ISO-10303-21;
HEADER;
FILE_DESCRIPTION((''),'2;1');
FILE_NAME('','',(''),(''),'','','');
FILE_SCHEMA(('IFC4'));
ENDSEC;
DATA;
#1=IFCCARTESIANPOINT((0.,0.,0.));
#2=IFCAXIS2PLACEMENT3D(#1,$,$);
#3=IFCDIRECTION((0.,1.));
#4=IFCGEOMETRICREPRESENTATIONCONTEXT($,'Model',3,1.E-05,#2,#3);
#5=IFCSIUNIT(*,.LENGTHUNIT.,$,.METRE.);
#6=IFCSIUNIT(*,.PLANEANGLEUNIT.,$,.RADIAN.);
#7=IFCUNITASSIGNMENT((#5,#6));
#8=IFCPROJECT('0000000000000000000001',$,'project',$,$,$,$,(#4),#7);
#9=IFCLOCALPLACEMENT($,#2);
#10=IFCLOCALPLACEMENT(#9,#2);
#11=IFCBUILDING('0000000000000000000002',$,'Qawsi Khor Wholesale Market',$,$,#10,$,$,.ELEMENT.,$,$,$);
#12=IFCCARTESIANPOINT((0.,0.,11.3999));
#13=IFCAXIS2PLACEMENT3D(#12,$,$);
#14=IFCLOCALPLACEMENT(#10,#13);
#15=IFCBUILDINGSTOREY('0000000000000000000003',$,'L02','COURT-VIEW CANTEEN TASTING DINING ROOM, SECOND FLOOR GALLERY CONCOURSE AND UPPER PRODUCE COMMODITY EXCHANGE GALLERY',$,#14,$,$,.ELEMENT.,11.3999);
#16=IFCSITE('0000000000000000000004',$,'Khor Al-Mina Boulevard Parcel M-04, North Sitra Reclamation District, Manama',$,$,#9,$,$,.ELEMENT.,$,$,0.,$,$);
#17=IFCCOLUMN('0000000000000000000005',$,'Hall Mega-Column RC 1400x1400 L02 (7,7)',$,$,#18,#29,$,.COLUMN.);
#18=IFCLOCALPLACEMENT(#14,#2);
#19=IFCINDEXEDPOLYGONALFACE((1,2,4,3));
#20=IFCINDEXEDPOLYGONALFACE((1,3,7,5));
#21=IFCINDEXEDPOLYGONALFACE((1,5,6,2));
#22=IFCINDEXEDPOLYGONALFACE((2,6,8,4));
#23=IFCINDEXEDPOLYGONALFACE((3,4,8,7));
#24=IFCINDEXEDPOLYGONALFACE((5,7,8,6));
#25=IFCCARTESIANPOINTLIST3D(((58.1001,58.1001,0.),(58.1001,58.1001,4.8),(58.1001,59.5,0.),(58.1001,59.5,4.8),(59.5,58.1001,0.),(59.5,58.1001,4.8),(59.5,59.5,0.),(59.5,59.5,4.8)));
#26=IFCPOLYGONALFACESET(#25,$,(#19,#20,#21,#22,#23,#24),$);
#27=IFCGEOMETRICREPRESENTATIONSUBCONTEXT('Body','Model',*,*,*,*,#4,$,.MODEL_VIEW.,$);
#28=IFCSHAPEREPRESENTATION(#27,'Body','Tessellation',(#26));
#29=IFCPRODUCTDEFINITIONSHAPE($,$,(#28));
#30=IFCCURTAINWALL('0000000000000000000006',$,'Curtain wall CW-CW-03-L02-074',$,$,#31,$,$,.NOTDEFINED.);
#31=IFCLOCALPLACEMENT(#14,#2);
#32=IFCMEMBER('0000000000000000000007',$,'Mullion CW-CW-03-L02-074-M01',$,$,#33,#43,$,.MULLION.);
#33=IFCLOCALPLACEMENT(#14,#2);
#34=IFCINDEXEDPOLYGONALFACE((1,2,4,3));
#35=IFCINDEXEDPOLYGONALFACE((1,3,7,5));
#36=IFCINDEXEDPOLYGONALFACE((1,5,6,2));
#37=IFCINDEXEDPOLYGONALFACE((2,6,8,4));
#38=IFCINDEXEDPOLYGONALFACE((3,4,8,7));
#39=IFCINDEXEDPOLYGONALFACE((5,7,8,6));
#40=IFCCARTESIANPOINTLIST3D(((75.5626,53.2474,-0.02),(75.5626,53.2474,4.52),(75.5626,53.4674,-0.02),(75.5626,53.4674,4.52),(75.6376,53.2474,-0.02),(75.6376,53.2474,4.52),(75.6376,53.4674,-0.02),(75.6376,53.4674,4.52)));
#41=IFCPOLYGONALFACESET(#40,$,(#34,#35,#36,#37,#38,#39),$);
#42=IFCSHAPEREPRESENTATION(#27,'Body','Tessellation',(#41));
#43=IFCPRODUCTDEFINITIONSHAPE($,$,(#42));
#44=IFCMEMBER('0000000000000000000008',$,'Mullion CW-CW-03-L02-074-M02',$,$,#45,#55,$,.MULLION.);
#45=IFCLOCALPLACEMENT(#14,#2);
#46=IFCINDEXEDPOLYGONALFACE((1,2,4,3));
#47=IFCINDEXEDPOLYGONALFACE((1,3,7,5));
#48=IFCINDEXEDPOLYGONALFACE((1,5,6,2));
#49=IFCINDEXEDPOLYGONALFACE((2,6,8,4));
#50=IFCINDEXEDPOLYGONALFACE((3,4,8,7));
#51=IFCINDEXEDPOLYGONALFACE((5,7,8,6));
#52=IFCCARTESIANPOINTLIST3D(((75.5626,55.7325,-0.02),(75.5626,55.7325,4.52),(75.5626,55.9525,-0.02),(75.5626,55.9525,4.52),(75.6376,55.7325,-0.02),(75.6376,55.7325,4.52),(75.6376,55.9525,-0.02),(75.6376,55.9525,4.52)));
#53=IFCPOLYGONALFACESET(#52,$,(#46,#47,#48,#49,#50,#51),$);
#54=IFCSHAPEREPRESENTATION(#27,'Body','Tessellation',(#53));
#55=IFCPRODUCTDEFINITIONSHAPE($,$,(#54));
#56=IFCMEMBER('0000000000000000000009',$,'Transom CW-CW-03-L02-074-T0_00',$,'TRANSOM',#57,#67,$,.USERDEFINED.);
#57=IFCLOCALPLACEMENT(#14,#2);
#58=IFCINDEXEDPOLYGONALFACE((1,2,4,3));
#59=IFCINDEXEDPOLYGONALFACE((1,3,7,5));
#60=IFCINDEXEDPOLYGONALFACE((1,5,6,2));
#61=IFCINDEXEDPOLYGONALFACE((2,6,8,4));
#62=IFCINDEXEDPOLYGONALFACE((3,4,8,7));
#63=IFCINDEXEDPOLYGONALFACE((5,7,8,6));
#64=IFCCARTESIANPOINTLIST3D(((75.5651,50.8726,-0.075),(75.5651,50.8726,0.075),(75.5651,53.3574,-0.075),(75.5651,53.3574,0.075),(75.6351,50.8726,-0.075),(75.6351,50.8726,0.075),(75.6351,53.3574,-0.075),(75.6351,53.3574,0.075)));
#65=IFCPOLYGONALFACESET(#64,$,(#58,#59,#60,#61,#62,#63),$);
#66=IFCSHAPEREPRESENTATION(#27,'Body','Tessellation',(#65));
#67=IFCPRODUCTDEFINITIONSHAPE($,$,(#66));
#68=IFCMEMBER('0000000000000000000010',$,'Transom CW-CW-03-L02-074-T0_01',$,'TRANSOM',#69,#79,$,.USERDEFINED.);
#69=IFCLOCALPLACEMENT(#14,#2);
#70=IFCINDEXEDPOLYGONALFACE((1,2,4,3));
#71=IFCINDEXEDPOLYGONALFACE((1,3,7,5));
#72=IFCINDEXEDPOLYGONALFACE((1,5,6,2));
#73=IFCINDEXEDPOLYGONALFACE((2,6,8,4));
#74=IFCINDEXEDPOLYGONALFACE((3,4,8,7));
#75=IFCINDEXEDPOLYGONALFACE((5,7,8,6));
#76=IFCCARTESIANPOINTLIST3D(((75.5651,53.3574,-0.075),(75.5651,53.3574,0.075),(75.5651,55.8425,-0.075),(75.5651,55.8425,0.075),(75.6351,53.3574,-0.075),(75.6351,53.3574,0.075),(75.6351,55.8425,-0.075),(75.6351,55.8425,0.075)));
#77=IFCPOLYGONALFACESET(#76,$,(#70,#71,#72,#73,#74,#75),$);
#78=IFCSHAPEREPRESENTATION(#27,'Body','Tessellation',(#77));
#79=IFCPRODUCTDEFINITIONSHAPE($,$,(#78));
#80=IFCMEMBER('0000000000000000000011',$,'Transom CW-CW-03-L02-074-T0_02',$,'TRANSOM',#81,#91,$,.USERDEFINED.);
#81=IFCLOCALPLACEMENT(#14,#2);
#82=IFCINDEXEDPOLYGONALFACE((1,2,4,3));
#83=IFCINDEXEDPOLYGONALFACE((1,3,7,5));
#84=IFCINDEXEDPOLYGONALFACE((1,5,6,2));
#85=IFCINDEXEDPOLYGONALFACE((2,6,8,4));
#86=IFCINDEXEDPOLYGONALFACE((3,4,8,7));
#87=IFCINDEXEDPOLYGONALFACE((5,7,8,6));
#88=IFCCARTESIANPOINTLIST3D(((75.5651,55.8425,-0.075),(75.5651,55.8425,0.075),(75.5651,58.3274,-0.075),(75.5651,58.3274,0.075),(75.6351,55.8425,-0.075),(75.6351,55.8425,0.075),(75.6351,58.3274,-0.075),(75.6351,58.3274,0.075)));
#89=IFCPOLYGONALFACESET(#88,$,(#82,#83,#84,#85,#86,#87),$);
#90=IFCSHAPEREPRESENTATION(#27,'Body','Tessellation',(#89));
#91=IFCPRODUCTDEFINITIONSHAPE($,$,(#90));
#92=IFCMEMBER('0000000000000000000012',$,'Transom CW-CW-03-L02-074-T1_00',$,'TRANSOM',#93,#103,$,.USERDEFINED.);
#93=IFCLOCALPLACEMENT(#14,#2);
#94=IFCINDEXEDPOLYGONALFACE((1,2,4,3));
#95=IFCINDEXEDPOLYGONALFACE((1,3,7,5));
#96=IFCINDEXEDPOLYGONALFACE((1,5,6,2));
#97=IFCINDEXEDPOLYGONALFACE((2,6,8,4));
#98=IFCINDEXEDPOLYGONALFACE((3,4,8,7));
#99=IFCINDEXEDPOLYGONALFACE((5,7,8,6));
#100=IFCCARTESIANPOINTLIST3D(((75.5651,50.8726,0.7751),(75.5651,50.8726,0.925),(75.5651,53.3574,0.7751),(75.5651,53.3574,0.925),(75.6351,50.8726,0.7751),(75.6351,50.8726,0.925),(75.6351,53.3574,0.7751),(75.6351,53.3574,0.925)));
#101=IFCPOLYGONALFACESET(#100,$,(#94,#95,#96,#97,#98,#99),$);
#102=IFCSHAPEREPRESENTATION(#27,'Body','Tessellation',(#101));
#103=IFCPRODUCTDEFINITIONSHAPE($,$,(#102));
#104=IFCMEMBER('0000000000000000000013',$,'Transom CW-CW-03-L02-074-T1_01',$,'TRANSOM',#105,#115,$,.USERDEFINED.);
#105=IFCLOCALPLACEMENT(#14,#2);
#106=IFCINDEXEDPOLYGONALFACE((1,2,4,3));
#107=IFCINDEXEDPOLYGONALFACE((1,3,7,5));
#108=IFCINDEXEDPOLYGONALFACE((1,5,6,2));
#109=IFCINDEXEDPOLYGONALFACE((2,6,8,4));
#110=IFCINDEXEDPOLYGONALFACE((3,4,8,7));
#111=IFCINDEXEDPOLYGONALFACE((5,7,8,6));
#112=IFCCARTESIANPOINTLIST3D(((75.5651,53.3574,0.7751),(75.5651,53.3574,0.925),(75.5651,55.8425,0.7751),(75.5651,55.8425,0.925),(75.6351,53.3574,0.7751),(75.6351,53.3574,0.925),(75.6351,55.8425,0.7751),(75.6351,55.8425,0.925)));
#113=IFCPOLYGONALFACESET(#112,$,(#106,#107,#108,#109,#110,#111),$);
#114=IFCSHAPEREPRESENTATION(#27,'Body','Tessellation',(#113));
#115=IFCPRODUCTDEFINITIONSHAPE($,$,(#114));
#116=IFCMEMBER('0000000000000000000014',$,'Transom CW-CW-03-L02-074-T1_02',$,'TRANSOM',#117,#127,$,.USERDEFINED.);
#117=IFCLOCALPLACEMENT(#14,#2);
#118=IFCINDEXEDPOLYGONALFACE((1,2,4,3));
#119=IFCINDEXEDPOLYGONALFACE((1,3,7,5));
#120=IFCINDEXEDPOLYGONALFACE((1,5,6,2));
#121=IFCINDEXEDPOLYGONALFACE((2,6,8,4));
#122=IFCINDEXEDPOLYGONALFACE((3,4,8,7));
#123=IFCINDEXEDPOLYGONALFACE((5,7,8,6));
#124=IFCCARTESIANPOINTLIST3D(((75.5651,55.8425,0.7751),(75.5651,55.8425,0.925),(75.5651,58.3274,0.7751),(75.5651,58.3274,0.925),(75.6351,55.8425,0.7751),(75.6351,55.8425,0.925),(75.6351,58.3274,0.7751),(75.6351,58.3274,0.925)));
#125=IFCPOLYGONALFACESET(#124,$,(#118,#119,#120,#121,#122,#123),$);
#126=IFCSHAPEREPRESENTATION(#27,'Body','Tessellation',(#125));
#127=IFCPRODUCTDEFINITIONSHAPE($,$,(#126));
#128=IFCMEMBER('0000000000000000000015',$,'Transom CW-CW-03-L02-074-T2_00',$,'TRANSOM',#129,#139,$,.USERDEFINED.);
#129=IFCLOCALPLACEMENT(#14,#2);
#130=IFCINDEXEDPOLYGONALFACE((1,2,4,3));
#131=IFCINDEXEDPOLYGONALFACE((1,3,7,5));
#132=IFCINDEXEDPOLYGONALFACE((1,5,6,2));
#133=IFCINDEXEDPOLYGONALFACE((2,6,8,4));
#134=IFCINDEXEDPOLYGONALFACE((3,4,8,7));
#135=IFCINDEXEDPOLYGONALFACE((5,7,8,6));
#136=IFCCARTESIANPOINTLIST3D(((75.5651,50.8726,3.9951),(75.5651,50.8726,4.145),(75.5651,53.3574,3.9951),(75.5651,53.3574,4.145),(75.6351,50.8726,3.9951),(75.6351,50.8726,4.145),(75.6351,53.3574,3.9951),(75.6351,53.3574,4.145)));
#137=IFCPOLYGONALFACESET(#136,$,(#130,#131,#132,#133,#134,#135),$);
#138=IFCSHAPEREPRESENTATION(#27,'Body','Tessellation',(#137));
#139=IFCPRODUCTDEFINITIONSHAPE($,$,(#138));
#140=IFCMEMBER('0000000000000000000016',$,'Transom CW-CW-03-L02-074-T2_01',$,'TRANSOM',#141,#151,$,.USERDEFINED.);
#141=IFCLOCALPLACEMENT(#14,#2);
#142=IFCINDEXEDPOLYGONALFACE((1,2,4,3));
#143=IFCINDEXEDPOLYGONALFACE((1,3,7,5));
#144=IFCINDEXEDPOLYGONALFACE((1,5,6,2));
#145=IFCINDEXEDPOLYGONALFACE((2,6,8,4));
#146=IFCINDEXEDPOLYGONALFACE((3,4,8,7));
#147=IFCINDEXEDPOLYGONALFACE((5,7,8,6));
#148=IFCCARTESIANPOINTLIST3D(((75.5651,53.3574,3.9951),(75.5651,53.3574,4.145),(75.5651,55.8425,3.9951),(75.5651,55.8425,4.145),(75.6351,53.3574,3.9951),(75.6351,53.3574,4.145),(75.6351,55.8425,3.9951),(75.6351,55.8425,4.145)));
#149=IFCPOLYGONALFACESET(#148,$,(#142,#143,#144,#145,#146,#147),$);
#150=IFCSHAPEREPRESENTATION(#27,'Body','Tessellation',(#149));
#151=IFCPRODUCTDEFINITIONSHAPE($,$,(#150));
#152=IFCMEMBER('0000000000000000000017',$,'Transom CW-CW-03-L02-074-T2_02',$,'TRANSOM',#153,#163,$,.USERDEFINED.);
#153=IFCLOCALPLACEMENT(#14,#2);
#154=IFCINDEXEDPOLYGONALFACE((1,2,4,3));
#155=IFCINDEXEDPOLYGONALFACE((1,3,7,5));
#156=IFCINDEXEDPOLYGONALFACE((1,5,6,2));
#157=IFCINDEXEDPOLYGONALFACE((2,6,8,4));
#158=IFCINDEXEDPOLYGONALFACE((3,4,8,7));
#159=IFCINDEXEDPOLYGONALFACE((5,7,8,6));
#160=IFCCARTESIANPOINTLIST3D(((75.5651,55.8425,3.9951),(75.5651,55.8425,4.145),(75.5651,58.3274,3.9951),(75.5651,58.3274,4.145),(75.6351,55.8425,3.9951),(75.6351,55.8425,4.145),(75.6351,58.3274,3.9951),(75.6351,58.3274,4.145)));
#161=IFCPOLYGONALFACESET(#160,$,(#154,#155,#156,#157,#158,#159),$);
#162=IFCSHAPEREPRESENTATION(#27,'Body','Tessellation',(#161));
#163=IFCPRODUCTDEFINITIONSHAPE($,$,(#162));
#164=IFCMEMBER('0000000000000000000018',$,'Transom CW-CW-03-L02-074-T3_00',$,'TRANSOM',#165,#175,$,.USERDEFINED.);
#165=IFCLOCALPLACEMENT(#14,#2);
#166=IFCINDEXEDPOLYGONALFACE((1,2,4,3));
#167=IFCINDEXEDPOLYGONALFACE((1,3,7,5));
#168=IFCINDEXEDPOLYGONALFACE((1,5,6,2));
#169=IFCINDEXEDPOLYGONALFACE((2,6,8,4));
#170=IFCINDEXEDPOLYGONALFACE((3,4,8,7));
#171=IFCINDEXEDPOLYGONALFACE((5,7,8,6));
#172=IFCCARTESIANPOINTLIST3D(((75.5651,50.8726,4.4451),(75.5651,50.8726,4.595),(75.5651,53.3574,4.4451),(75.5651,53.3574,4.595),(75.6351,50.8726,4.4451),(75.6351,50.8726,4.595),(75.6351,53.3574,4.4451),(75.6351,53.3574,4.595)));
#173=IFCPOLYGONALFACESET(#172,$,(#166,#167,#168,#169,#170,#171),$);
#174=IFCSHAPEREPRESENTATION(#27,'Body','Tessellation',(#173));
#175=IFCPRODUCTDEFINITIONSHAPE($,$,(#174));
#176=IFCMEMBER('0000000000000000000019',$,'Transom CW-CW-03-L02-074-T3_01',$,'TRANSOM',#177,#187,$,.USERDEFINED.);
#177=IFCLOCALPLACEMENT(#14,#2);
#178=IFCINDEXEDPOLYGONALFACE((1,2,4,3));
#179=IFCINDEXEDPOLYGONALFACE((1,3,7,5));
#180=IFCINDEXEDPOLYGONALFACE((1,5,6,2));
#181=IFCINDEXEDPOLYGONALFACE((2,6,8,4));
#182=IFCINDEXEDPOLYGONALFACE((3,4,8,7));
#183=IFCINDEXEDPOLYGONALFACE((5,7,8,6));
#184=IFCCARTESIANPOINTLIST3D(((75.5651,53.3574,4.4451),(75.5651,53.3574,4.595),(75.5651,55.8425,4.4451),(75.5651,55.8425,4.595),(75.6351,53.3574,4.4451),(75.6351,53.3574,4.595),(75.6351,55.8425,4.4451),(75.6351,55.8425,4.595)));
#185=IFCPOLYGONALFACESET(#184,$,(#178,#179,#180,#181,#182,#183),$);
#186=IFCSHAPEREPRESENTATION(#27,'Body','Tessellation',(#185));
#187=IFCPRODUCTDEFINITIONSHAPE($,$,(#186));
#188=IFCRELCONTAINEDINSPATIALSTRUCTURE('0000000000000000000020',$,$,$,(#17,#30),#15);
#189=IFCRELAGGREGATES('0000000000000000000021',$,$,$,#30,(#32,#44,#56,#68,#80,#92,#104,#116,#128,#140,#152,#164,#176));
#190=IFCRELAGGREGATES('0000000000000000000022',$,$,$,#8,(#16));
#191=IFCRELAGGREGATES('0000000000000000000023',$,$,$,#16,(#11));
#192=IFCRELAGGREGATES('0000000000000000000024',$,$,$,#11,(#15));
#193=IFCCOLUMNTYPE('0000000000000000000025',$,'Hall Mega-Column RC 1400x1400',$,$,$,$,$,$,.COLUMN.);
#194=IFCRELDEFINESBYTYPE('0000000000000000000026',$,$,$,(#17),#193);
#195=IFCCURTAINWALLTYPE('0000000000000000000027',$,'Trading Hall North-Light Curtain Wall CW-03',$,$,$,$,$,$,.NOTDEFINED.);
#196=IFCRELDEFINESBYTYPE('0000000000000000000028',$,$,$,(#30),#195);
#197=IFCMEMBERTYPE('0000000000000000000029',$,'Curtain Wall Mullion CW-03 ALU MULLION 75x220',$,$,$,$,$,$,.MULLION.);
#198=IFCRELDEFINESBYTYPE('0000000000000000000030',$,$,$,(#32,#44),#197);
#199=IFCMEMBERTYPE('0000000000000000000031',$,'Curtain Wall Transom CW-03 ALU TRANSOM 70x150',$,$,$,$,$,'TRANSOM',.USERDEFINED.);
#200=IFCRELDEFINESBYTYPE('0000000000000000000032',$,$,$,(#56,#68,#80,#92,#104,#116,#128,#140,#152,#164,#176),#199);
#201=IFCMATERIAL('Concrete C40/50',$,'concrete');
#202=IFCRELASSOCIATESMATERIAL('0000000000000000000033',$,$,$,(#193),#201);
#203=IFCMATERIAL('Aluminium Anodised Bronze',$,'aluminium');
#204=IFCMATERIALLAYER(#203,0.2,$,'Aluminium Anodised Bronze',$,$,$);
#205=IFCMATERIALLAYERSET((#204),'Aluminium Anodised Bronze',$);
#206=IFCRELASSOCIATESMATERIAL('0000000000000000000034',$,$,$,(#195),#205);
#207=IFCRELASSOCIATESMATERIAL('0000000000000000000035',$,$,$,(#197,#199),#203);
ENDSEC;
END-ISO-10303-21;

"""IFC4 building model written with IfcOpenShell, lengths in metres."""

from ifc_helpers import new_model, si_unit, direction, frame, origin, origin_2d, place, context, subcontext, project, spatial, rectangle, extrude, material, layer, layer_set, material_profile, profile_set, type_object, element, aggregate, save


model = new_model("IFC4")

# Units and contexts
model_context = context("Model", 3, precision=1e-05, world=origin(), true_north=direction((0.0, 1.0)))
body_context = subcontext(model_context, "Body", "Model", "MODEL_VIEW")
ifc_project = project(units=[si_unit("LENGTHUNIT", "METRE"), si_unit("PLANEANGLEUNIT", "RADIAN")], contexts=[model_context])

# Site, building, storey
site_placement = place(None, origin())
site = spatial("IfcSite", under=ifc_project, at=site_placement, Name="Khor Al-Mina Boulevard Parcel M-04, North Sitra Reclamation District, Manama", CompositionType="ELEMENT", RefElevation=0.0)
building_placement = place(site_placement, origin())
building = spatial("IfcBuilding", under=site, at=building_placement, Name="Qawsi Khor Wholesale Market", CompositionType="ELEMENT")
storey_placement = place(building_placement, frame((0.0, 0.0, 11.3999)))
storey = spatial("IfcBuildingStorey", under=building, at=storey_placement, Name="L02", Description="COURT-VIEW CANTEEN TASTING DINING ROOM, SECOND FLOOR GALLERY CONCOURSE AND UPPER PRODUCE COMMODITY EXCHANGE GALLERY", CompositionType="ELEMENT", Elevation=11.3999)

# Column
ifc_material_1 = material(Name="Concrete C40/50", Category="concrete")
ifc_material_profile_1 = material_profile(ifc_material_1, rectangle(XDim=1.3999, YDim=1.3999, at=origin_2d()), Name="RC 1400x1400")
ifc_profile_set_1 = profile_set([ifc_material_profile_1], Name="Concrete C40/50")
column_type = type_object("IfcColumnType", Name="Hall Mega-Column RC 1400x1400", PredefinedType="COLUMN", material=ifc_profile_set_1)
column_placement = place(storey_placement, frame((58.8, 58.8, 0.0), z_axis=(0.0, 0.0, 1.0), x_axis=(1.0, 0.0, 0.0)))
element("IfcColumn", 1, at=column_placement, inside=storey, type_object=column_type, Name="Hall Mega-Column RC 1400x1400 L02 (7,7)", PredefinedType="COLUMN", context=body_context, shape_type="SweptSolid", body=[
    extrude(rectangle(XDim=1.3999, YDim=1.3999, at=origin_2d()), origin(), (0.0, 0.0, 1.0), 4.8),
])

# Curtain wall, members
ifc_material_2 = material(Name="Aluminium Anodised Bronze", Category="aluminium")
ifc_layer_1 = layer(ifc_material_2, 0.2, Name="Aluminium Anodised Bronze")
ifc_layer_set_1 = layer_set([ifc_layer_1], Name="Aluminium Anodised Bronze")
curtain_wall_type = type_object("IfcCurtainWallType", Name="Trading Hall North-Light Curtain Wall CW-03", PredefinedType="NOTDEFINED", material=ifc_layer_set_1)
curtain_wall_placement = place(storey_placement, origin())
curtain_wall = element("IfcCurtainWall", 2, at=curtain_wall_placement, inside=storey, type_object=curtain_wall_type, Name="Curtain wall CW-CW-03-L02-074", PredefinedType="NOTDEFINED")
ifc_material_profile_2 = material_profile(ifc_material_2, rectangle(XDim=0.075, YDim=0.22, at=origin_2d()), Name="ALU MULLION 75x220")
ifc_profile_set_2 = profile_set([ifc_material_profile_2], Name="Aluminium Anodised Bronze")
member_type_1 = type_object("IfcMemberType", Name="Curtain Wall Mullion CW-03 ALU MULLION 75x220", PredefinedType="MULLION", material=ifc_profile_set_2)
member_1_placement = place(storey_placement, frame((75.6001, 53.3574, -0.02), z_axis=(0.0, 0.0, 1.0), x_axis=(1.0, 0.0, 0.0)))
member_1 = element("IfcMember", 3, at=member_1_placement, type_object=member_type_1, Name="Mullion CW-CW-03-L02-074-M01", PredefinedType="MULLION", context=body_context, shape_type="SweptSolid", body=[
    extrude(rectangle(XDim=0.075, YDim=0.22, at=origin_2d()), origin(), (0.0, 0.0, 1.0), 4.54),
])
member_2_placement = place(storey_placement, frame((75.6001, 55.8425, -0.02), z_axis=(0.0, 0.0, 1.0), x_axis=(1.0, 0.0, 0.0)))
member_2 = element("IfcMember", 4, at=member_2_placement, type_object=member_type_1, Name="Mullion CW-CW-03-L02-074-M02", PredefinedType="MULLION", context=body_context, shape_type="SweptSolid", body=[
    extrude(rectangle(XDim=0.075, YDim=0.22, at=origin_2d()), origin(), (0.0, 0.0, 1.0), 4.54),
])
ifc_material_profile_3 = material_profile(ifc_material_2, rectangle(XDim=0.0701, YDim=0.1499, at=origin_2d()), Name="ALU TRANSOM 70x150")
ifc_profile_set_3 = profile_set([ifc_material_profile_3], Name="Aluminium Anodised Bronze")
member_type_2 = type_object("IfcMemberType", Name="Curtain Wall Transom CW-03 ALU TRANSOM 70x150", ElementType="TRANSOM", PredefinedType="USERDEFINED", material=ifc_profile_set_3)
member_3_placement = place(storey_placement, frame((75.6001, 50.8726, 0.0), z_axis=(0.0, 1.0, 0.0), x_axis=(-1.0, 0.0, 0.0)))
member_3 = element("IfcMember", 5, at=member_3_placement, type_object=member_type_2, Name="Transom CW-CW-03-L02-074-T0_00", ObjectType="TRANSOM", PredefinedType="USERDEFINED", context=body_context, shape_type="SweptSolid", body=[
    extrude(rectangle(XDim=0.0701, YDim=0.1499, at=origin_2d()), origin(), (0.0, 0.0, 1.0), 2.4849),
])
member_4_placement = place(storey_placement, frame((75.6001, 53.3574, 0.0), z_axis=(0.0, 1.0, 0.0), x_axis=(-1.0, 0.0, 0.0)))
member_4 = element("IfcMember", 6, at=member_4_placement, type_object=member_type_2, Name="Transom CW-CW-03-L02-074-T0_01", ObjectType="TRANSOM", PredefinedType="USERDEFINED", context=body_context, shape_type="SweptSolid", body=[
    extrude(rectangle(XDim=0.0701, YDim=0.1499, at=origin_2d()), origin(), (0.0, 0.0, 1.0), 2.4851),
])
member_5_placement = place(storey_placement, frame((75.6001, 55.8425, 0.0), z_axis=(0.0, 1.0, 0.0), x_axis=(-1.0, 0.0, 0.0)))
member_5 = element("IfcMember", 7, at=member_5_placement, type_object=member_type_2, Name="Transom CW-CW-03-L02-074-T0_02", ObjectType="TRANSOM", PredefinedType="USERDEFINED", context=body_context, shape_type="SweptSolid", body=[
    extrude(rectangle(XDim=0.0701, YDim=0.1499, at=origin_2d()), origin(), (0.0, 0.0, 1.0), 2.4849),
])
member_6_placement = place(storey_placement, frame((75.6001, 50.8726, 0.8501), z_axis=(0.0, 1.0, 0.0), x_axis=(-1.0, 0.0, 0.0)))
member_6 = element("IfcMember", 8, at=member_6_placement, type_object=member_type_2, Name="Transom CW-CW-03-L02-074-T1_00", ObjectType="TRANSOM", PredefinedType="USERDEFINED", context=body_context, shape_type="SweptSolid", body=[
    extrude(rectangle(XDim=0.0701, YDim=0.1499, at=origin_2d()), origin(), (0.0, 0.0, 1.0), 2.4849),
])
member_7_placement = place(storey_placement, frame((75.6001, 53.3574, 0.8501), z_axis=(0.0, 1.0, 0.0), x_axis=(-1.0, 0.0, 0.0)))
member_7 = element("IfcMember", 9, at=member_7_placement, type_object=member_type_2, Name="Transom CW-CW-03-L02-074-T1_01", ObjectType="TRANSOM", PredefinedType="USERDEFINED", context=body_context, shape_type="SweptSolid", body=[
    extrude(rectangle(XDim=0.0701, YDim=0.1499, at=origin_2d()), origin(), (0.0, 0.0, 1.0), 2.4851),
])
member_8_placement = place(storey_placement, frame((75.6001, 55.8425, 0.8501), z_axis=(0.0, 1.0, 0.0), x_axis=(-1.0, 0.0, 0.0)))
member_8 = element("IfcMember", 10, at=member_8_placement, type_object=member_type_2, Name="Transom CW-CW-03-L02-074-T1_02", ObjectType="TRANSOM", PredefinedType="USERDEFINED", context=body_context, shape_type="SweptSolid", body=[
    extrude(rectangle(XDim=0.0701, YDim=0.1499, at=origin_2d()), origin(), (0.0, 0.0, 1.0), 2.4849),
])
member_9_placement = place(storey_placement, frame((75.6001, 50.8726, 4.0701), z_axis=(0.0, 1.0, 0.0), x_axis=(-1.0, 0.0, 0.0)))
member_9 = element("IfcMember", 11, at=member_9_placement, type_object=member_type_2, Name="Transom CW-CW-03-L02-074-T2_00", ObjectType="TRANSOM", PredefinedType="USERDEFINED", context=body_context, shape_type="SweptSolid", body=[
    extrude(rectangle(XDim=0.0701, YDim=0.1499, at=origin_2d()), origin(), (0.0, 0.0, 1.0), 2.4849),
])
member_10_placement = place(storey_placement, frame((75.6001, 53.3574, 4.0701), z_axis=(0.0, 1.0, 0.0), x_axis=(-1.0, 0.0, 0.0)))
member_10 = element("IfcMember", 12, at=member_10_placement, type_object=member_type_2, Name="Transom CW-CW-03-L02-074-T2_01", ObjectType="TRANSOM", PredefinedType="USERDEFINED", context=body_context, shape_type="SweptSolid", body=[
    extrude(rectangle(XDim=0.0701, YDim=0.1499, at=origin_2d()), origin(), (0.0, 0.0, 1.0), 2.4851),
])
member_11_placement = place(storey_placement, frame((75.6001, 55.8425, 4.0701), z_axis=(0.0, 1.0, 0.0), x_axis=(-1.0, 0.0, 0.0)))
member_11 = element("IfcMember", 13, at=member_11_placement, type_object=member_type_2, Name="Transom CW-CW-03-L02-074-T2_02", ObjectType="TRANSOM", PredefinedType="USERDEFINED", context=body_context, shape_type="SweptSolid", body=[
    extrude(rectangle(XDim=0.0701, YDim=0.1499, at=origin_2d()), origin(), (0.0, 0.0, 1.0), 2.4849),
])
member_12_placement = place(storey_placement, frame((75.6001, 50.8726, 4.52), z_axis=(0.0, 1.0, 0.0), x_axis=(-1.0, 0.0, 0.0)))
member_12 = element("IfcMember", 14, at=member_12_placement, type_object=member_type_2, Name="Transom CW-CW-03-L02-074-T3_00", ObjectType="TRANSOM", PredefinedType="USERDEFINED", context=body_context, shape_type="SweptSolid", body=[
    extrude(rectangle(XDim=0.0701, YDim=0.1499, at=origin_2d()), origin(), (0.0, 0.0, 1.0), 2.4849),
])
member_13_placement = place(storey_placement, frame((75.6001, 53.3574, 4.52), z_axis=(0.0, 1.0, 0.0), x_axis=(-1.0, 0.0, 0.0)))
member_13 = element("IfcMember", 15, at=member_13_placement, type_object=member_type_2, Name="Transom CW-CW-03-L02-074-T3_01", ObjectType="TRANSOM", PredefinedType="USERDEFINED", context=body_context, shape_type="SweptSolid", body=[
    extrude(rectangle(XDim=0.0701, YDim=0.1499, at=origin_2d()), origin(), (0.0, 0.0, 1.0), 2.4851),
])

aggregate(curtain_wall, [member_1, member_2, member_3, member_4, member_5, member_6, member_7, member_8, member_9, member_10, member_11, member_12, member_13])

save(model, "model.ifc")
